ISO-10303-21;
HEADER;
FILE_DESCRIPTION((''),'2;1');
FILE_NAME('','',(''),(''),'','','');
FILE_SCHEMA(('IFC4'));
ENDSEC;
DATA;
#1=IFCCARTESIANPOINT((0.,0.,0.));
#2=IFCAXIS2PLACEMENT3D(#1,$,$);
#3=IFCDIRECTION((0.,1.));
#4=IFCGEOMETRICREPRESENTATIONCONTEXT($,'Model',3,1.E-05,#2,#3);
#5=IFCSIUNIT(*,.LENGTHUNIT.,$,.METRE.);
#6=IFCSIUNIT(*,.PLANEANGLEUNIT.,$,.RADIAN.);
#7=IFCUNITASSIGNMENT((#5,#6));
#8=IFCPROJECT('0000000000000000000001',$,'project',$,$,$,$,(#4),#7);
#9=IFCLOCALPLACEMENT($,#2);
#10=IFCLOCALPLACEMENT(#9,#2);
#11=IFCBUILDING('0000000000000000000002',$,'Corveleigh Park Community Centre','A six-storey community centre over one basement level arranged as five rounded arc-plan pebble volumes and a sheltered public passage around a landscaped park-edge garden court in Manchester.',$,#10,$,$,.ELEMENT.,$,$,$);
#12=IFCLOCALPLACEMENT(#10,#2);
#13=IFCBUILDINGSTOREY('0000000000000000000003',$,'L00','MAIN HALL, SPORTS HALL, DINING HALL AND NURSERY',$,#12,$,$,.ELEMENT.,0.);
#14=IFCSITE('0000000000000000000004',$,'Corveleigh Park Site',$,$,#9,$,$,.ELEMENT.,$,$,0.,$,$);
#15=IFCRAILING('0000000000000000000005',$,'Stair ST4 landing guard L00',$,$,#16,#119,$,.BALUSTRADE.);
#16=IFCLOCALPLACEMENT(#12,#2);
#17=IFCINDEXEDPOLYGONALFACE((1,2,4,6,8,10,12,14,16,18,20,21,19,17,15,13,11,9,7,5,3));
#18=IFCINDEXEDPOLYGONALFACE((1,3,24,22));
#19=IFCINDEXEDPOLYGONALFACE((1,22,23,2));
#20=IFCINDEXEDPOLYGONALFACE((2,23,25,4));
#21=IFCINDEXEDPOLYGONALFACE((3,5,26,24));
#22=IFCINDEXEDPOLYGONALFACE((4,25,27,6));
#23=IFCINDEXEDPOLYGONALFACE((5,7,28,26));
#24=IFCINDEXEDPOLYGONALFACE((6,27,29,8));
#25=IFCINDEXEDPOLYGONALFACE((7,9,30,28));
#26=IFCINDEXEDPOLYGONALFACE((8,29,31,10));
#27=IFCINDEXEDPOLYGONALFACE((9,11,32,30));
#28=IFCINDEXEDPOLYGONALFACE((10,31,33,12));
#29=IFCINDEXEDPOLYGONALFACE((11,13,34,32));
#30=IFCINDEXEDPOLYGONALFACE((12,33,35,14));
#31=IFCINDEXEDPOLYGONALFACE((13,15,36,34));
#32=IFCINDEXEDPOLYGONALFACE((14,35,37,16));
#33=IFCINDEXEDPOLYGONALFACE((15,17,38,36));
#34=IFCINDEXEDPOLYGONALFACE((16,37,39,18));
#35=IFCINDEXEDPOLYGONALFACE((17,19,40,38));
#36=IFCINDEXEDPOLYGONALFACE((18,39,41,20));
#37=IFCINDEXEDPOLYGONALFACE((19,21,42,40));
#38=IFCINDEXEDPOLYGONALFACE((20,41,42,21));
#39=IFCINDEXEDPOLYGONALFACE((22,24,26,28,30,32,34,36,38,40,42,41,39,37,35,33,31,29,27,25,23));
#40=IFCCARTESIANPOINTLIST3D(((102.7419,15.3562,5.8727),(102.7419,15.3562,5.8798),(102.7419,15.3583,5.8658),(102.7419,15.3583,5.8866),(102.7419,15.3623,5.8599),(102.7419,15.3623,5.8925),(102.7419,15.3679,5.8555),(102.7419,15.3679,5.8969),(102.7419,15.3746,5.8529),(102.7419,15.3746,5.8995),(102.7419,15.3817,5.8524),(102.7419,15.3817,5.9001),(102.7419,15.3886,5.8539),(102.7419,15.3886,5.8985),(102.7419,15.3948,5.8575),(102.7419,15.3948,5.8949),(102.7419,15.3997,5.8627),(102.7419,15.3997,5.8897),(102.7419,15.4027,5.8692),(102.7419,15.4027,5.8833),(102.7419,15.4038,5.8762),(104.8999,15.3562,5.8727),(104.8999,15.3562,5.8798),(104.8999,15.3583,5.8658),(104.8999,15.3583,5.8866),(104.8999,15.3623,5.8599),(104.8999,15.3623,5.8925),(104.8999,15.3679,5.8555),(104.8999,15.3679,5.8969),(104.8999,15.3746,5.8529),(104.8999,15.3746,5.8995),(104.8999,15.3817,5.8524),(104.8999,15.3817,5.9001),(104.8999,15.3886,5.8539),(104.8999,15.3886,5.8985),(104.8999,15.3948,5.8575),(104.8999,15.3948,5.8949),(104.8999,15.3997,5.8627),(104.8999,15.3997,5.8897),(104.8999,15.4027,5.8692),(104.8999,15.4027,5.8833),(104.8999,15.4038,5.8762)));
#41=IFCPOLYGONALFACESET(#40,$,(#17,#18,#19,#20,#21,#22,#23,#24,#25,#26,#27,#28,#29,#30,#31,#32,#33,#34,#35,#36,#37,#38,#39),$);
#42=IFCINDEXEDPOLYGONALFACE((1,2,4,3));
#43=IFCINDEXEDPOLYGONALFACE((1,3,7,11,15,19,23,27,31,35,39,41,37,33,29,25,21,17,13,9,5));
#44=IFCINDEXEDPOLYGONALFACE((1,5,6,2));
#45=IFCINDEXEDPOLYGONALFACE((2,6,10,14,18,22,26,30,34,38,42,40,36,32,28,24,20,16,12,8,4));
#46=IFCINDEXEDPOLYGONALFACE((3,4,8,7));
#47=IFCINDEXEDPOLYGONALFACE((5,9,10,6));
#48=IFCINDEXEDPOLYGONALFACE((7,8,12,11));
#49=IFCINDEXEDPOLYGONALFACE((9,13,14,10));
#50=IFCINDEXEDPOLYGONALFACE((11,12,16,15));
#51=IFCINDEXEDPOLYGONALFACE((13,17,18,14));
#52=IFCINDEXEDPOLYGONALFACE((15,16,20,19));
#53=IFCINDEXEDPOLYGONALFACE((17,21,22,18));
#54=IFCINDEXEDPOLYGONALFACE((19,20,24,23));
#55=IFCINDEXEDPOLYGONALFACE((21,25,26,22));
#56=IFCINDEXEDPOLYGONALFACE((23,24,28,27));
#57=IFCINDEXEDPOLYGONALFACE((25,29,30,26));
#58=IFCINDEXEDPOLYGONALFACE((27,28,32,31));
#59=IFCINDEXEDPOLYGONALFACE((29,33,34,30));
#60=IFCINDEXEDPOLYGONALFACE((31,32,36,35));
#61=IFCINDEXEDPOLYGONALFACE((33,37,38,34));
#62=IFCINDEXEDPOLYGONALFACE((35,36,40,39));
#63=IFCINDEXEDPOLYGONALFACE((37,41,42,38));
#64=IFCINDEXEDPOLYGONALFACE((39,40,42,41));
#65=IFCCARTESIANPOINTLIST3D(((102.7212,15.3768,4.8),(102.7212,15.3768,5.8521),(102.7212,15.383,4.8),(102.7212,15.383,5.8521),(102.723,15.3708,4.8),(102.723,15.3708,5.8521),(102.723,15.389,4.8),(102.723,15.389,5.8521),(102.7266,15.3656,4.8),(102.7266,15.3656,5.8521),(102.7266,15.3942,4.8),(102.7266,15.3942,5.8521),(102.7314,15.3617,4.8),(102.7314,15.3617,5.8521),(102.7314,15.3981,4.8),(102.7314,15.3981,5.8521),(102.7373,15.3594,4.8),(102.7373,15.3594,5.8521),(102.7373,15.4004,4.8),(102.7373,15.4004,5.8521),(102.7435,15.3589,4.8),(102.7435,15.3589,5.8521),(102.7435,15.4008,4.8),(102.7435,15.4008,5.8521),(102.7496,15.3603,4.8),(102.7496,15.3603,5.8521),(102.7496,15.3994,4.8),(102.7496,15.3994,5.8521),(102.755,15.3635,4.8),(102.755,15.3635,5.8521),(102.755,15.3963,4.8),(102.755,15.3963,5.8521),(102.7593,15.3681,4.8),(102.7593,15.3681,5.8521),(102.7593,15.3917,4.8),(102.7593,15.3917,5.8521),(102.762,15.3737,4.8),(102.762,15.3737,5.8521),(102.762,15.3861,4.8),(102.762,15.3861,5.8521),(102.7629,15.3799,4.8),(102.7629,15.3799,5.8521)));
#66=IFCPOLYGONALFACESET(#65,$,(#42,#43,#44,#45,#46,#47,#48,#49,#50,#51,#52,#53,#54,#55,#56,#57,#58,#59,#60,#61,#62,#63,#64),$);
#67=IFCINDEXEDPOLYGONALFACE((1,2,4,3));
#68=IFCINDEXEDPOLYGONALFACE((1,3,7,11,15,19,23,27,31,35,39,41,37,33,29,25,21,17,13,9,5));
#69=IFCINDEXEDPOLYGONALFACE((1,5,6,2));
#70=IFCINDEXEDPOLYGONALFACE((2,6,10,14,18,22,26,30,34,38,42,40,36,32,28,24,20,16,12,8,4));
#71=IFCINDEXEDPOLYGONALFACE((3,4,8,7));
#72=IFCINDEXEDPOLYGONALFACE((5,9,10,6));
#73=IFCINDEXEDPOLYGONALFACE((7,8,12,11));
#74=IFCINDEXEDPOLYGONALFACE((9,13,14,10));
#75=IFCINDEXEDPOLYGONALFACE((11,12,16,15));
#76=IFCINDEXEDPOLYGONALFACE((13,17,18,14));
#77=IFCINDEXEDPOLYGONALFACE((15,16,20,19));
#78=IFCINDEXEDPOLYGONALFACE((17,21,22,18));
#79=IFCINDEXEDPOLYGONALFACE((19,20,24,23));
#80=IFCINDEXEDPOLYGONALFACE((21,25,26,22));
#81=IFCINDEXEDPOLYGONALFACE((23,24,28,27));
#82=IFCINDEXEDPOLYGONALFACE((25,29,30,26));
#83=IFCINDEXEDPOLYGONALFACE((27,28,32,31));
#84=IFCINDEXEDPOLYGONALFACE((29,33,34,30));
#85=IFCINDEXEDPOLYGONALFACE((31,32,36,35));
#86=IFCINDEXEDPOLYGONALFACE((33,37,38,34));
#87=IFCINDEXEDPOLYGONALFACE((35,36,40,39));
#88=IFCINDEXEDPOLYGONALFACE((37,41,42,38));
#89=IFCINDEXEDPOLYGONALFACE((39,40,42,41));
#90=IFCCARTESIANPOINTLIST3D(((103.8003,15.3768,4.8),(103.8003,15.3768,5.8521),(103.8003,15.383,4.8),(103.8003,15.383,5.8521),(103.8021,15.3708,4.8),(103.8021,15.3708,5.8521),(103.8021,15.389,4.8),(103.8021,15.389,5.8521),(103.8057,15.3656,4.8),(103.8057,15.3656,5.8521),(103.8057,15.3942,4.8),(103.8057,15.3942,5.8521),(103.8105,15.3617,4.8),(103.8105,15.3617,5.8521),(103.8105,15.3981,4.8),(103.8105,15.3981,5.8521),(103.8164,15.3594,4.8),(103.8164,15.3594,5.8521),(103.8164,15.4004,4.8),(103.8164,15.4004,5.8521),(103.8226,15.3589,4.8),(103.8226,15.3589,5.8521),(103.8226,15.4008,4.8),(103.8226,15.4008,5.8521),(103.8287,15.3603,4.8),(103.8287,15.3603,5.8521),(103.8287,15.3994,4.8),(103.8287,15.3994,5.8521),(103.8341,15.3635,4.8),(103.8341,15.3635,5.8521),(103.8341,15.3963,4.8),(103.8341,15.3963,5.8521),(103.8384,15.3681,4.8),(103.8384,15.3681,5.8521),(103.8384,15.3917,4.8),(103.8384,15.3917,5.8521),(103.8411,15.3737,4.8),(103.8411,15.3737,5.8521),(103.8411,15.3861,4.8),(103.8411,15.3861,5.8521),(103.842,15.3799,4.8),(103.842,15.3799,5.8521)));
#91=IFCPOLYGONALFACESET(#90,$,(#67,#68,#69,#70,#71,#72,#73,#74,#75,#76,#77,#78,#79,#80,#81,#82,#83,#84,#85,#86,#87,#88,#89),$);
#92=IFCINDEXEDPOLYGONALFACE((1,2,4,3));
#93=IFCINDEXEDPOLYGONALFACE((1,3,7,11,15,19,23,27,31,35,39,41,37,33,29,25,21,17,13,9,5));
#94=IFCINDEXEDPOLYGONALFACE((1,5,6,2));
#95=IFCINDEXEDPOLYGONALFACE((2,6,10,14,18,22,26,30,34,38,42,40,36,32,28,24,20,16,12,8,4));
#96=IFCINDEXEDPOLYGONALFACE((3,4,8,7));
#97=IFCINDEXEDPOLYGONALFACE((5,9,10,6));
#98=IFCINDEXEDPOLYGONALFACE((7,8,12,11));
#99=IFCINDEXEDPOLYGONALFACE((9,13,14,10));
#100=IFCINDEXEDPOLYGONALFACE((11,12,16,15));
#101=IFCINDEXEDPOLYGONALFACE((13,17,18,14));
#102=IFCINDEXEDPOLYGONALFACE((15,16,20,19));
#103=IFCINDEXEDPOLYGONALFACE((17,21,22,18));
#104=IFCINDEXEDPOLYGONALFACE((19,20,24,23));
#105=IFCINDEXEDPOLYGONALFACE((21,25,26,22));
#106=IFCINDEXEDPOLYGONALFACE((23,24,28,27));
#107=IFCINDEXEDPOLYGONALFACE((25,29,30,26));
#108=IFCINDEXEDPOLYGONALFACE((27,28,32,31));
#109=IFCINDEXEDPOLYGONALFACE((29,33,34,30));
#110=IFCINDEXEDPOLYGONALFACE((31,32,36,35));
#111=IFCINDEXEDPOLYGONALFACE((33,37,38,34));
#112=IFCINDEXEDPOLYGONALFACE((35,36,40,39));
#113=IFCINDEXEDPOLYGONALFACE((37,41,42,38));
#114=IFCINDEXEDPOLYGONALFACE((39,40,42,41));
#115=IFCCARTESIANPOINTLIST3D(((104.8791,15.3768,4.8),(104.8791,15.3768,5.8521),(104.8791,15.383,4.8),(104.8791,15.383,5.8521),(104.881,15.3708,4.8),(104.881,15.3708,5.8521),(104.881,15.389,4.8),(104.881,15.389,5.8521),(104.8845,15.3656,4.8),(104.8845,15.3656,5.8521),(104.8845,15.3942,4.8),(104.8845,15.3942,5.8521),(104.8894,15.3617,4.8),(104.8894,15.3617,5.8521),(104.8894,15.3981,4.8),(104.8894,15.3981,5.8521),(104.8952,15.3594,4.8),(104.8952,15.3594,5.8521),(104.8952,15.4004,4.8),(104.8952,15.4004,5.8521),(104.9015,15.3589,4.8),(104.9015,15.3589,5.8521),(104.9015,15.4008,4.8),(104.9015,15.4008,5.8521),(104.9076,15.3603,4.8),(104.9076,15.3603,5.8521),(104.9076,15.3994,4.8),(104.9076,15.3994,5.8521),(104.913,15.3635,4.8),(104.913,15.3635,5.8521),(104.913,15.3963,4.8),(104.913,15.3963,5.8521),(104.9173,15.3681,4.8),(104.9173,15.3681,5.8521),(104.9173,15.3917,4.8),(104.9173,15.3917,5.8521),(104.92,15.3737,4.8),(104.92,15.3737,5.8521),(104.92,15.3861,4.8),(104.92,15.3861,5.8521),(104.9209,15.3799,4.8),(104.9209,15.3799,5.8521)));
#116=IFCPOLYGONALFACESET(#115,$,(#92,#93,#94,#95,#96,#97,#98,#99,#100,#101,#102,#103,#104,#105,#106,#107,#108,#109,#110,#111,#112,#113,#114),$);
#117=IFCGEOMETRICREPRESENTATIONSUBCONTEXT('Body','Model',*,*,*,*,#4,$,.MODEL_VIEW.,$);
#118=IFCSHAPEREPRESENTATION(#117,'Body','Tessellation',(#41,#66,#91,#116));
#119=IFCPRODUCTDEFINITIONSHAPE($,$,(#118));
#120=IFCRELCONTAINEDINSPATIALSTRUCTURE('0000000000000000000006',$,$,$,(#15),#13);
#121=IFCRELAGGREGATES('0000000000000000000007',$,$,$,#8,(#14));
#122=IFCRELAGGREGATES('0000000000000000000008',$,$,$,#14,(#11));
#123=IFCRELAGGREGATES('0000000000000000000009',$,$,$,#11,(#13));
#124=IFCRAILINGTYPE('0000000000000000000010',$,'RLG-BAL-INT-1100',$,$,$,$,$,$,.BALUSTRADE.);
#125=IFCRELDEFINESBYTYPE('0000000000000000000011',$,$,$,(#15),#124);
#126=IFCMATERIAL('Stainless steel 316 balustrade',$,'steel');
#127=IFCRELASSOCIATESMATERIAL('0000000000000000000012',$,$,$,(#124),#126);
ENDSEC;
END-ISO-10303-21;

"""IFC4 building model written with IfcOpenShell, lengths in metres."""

from ifc_helpers import new_model, si_unit, direction, frame, origin, origin_2d, place, context, subcontext, project, spatial, circle, extrude, material, type_object, element, save


model = new_model("IFC4")

# Units and contexts
model_context = context("Model", 3, precision=1e-05, world=origin(), true_north=direction((0.0, 1.0)))
body_context = subcontext(model_context, "Body", "Model", "MODEL_VIEW")
ifc_project = project(units=[si_unit("LENGTHUNIT", "METRE"), si_unit("PLANEANGLEUNIT", "RADIAN")], contexts=[model_context])

# Site, building, storey
site_placement = place(None, origin())
site = spatial("IfcSite", under=ifc_project, at=site_placement, Name="Corveleigh Park Site", CompositionType="ELEMENT", RefElevation=0.0)
building_placement = place(site_placement, origin())
building = spatial("IfcBuilding", under=site, at=building_placement, Name="Corveleigh Park Community Centre", Description="A six-storey community centre over one basement level arranged as five rounded arc-plan pebble volumes and a sheltered public passage around a landscaped park-edge garden court in Manchester.", CompositionType="ELEMENT")
storey_placement = place(building_placement, origin())
storey = spatial("IfcBuildingStorey", under=building, at=storey_placement, Name="L00", Description="MAIN HALL, SPORTS HALL, DINING HALL AND NURSERY", CompositionType="ELEMENT", Elevation=0.0)

# Railing
ifc_material_1 = material(Name="Stainless steel 316 balustrade", Category="steel")
railing_type = type_object("IfcRailingType", Name="RLG-BAL-INT-1100", PredefinedType="BALUSTRADE", material=ifc_material_1)
railing_1_placement = place(storey_placement, frame((102.7419, 15.3799, 4.8)))
element("IfcRailing", 1, at=railing_1_placement, inside=storey, type_object=railing_type, Name="Stair ST4 landing guard L00", PredefinedType="BALUSTRADE", context=body_context, shape_type="SweptSolid", body=[
    extrude(circle(Radius=0.0239, at=origin_2d()), frame((0.0, 0.0, 1.0762), z_axis=(1.0, 0.0, 0.0), x_axis=(0.0, 1.0, 0.0)), (0.0, 0.0, 1.0), 2.158),
    extrude(circle(Radius=0.021, at=origin_2d()), origin(), (0.0, 0.0, 1.0), 1.052),
    extrude(circle(Radius=0.021, at=origin_2d()), frame((1.0791, 0.0, 0.0)), (0.0, 0.0, 1.0), 1.052),
    extrude(circle(Radius=0.021, at=origin_2d()), frame((2.158, 0.0, 0.0)), (0.0, 0.0, 1.0), 1.052),
])

save(model, "model.ifc")
